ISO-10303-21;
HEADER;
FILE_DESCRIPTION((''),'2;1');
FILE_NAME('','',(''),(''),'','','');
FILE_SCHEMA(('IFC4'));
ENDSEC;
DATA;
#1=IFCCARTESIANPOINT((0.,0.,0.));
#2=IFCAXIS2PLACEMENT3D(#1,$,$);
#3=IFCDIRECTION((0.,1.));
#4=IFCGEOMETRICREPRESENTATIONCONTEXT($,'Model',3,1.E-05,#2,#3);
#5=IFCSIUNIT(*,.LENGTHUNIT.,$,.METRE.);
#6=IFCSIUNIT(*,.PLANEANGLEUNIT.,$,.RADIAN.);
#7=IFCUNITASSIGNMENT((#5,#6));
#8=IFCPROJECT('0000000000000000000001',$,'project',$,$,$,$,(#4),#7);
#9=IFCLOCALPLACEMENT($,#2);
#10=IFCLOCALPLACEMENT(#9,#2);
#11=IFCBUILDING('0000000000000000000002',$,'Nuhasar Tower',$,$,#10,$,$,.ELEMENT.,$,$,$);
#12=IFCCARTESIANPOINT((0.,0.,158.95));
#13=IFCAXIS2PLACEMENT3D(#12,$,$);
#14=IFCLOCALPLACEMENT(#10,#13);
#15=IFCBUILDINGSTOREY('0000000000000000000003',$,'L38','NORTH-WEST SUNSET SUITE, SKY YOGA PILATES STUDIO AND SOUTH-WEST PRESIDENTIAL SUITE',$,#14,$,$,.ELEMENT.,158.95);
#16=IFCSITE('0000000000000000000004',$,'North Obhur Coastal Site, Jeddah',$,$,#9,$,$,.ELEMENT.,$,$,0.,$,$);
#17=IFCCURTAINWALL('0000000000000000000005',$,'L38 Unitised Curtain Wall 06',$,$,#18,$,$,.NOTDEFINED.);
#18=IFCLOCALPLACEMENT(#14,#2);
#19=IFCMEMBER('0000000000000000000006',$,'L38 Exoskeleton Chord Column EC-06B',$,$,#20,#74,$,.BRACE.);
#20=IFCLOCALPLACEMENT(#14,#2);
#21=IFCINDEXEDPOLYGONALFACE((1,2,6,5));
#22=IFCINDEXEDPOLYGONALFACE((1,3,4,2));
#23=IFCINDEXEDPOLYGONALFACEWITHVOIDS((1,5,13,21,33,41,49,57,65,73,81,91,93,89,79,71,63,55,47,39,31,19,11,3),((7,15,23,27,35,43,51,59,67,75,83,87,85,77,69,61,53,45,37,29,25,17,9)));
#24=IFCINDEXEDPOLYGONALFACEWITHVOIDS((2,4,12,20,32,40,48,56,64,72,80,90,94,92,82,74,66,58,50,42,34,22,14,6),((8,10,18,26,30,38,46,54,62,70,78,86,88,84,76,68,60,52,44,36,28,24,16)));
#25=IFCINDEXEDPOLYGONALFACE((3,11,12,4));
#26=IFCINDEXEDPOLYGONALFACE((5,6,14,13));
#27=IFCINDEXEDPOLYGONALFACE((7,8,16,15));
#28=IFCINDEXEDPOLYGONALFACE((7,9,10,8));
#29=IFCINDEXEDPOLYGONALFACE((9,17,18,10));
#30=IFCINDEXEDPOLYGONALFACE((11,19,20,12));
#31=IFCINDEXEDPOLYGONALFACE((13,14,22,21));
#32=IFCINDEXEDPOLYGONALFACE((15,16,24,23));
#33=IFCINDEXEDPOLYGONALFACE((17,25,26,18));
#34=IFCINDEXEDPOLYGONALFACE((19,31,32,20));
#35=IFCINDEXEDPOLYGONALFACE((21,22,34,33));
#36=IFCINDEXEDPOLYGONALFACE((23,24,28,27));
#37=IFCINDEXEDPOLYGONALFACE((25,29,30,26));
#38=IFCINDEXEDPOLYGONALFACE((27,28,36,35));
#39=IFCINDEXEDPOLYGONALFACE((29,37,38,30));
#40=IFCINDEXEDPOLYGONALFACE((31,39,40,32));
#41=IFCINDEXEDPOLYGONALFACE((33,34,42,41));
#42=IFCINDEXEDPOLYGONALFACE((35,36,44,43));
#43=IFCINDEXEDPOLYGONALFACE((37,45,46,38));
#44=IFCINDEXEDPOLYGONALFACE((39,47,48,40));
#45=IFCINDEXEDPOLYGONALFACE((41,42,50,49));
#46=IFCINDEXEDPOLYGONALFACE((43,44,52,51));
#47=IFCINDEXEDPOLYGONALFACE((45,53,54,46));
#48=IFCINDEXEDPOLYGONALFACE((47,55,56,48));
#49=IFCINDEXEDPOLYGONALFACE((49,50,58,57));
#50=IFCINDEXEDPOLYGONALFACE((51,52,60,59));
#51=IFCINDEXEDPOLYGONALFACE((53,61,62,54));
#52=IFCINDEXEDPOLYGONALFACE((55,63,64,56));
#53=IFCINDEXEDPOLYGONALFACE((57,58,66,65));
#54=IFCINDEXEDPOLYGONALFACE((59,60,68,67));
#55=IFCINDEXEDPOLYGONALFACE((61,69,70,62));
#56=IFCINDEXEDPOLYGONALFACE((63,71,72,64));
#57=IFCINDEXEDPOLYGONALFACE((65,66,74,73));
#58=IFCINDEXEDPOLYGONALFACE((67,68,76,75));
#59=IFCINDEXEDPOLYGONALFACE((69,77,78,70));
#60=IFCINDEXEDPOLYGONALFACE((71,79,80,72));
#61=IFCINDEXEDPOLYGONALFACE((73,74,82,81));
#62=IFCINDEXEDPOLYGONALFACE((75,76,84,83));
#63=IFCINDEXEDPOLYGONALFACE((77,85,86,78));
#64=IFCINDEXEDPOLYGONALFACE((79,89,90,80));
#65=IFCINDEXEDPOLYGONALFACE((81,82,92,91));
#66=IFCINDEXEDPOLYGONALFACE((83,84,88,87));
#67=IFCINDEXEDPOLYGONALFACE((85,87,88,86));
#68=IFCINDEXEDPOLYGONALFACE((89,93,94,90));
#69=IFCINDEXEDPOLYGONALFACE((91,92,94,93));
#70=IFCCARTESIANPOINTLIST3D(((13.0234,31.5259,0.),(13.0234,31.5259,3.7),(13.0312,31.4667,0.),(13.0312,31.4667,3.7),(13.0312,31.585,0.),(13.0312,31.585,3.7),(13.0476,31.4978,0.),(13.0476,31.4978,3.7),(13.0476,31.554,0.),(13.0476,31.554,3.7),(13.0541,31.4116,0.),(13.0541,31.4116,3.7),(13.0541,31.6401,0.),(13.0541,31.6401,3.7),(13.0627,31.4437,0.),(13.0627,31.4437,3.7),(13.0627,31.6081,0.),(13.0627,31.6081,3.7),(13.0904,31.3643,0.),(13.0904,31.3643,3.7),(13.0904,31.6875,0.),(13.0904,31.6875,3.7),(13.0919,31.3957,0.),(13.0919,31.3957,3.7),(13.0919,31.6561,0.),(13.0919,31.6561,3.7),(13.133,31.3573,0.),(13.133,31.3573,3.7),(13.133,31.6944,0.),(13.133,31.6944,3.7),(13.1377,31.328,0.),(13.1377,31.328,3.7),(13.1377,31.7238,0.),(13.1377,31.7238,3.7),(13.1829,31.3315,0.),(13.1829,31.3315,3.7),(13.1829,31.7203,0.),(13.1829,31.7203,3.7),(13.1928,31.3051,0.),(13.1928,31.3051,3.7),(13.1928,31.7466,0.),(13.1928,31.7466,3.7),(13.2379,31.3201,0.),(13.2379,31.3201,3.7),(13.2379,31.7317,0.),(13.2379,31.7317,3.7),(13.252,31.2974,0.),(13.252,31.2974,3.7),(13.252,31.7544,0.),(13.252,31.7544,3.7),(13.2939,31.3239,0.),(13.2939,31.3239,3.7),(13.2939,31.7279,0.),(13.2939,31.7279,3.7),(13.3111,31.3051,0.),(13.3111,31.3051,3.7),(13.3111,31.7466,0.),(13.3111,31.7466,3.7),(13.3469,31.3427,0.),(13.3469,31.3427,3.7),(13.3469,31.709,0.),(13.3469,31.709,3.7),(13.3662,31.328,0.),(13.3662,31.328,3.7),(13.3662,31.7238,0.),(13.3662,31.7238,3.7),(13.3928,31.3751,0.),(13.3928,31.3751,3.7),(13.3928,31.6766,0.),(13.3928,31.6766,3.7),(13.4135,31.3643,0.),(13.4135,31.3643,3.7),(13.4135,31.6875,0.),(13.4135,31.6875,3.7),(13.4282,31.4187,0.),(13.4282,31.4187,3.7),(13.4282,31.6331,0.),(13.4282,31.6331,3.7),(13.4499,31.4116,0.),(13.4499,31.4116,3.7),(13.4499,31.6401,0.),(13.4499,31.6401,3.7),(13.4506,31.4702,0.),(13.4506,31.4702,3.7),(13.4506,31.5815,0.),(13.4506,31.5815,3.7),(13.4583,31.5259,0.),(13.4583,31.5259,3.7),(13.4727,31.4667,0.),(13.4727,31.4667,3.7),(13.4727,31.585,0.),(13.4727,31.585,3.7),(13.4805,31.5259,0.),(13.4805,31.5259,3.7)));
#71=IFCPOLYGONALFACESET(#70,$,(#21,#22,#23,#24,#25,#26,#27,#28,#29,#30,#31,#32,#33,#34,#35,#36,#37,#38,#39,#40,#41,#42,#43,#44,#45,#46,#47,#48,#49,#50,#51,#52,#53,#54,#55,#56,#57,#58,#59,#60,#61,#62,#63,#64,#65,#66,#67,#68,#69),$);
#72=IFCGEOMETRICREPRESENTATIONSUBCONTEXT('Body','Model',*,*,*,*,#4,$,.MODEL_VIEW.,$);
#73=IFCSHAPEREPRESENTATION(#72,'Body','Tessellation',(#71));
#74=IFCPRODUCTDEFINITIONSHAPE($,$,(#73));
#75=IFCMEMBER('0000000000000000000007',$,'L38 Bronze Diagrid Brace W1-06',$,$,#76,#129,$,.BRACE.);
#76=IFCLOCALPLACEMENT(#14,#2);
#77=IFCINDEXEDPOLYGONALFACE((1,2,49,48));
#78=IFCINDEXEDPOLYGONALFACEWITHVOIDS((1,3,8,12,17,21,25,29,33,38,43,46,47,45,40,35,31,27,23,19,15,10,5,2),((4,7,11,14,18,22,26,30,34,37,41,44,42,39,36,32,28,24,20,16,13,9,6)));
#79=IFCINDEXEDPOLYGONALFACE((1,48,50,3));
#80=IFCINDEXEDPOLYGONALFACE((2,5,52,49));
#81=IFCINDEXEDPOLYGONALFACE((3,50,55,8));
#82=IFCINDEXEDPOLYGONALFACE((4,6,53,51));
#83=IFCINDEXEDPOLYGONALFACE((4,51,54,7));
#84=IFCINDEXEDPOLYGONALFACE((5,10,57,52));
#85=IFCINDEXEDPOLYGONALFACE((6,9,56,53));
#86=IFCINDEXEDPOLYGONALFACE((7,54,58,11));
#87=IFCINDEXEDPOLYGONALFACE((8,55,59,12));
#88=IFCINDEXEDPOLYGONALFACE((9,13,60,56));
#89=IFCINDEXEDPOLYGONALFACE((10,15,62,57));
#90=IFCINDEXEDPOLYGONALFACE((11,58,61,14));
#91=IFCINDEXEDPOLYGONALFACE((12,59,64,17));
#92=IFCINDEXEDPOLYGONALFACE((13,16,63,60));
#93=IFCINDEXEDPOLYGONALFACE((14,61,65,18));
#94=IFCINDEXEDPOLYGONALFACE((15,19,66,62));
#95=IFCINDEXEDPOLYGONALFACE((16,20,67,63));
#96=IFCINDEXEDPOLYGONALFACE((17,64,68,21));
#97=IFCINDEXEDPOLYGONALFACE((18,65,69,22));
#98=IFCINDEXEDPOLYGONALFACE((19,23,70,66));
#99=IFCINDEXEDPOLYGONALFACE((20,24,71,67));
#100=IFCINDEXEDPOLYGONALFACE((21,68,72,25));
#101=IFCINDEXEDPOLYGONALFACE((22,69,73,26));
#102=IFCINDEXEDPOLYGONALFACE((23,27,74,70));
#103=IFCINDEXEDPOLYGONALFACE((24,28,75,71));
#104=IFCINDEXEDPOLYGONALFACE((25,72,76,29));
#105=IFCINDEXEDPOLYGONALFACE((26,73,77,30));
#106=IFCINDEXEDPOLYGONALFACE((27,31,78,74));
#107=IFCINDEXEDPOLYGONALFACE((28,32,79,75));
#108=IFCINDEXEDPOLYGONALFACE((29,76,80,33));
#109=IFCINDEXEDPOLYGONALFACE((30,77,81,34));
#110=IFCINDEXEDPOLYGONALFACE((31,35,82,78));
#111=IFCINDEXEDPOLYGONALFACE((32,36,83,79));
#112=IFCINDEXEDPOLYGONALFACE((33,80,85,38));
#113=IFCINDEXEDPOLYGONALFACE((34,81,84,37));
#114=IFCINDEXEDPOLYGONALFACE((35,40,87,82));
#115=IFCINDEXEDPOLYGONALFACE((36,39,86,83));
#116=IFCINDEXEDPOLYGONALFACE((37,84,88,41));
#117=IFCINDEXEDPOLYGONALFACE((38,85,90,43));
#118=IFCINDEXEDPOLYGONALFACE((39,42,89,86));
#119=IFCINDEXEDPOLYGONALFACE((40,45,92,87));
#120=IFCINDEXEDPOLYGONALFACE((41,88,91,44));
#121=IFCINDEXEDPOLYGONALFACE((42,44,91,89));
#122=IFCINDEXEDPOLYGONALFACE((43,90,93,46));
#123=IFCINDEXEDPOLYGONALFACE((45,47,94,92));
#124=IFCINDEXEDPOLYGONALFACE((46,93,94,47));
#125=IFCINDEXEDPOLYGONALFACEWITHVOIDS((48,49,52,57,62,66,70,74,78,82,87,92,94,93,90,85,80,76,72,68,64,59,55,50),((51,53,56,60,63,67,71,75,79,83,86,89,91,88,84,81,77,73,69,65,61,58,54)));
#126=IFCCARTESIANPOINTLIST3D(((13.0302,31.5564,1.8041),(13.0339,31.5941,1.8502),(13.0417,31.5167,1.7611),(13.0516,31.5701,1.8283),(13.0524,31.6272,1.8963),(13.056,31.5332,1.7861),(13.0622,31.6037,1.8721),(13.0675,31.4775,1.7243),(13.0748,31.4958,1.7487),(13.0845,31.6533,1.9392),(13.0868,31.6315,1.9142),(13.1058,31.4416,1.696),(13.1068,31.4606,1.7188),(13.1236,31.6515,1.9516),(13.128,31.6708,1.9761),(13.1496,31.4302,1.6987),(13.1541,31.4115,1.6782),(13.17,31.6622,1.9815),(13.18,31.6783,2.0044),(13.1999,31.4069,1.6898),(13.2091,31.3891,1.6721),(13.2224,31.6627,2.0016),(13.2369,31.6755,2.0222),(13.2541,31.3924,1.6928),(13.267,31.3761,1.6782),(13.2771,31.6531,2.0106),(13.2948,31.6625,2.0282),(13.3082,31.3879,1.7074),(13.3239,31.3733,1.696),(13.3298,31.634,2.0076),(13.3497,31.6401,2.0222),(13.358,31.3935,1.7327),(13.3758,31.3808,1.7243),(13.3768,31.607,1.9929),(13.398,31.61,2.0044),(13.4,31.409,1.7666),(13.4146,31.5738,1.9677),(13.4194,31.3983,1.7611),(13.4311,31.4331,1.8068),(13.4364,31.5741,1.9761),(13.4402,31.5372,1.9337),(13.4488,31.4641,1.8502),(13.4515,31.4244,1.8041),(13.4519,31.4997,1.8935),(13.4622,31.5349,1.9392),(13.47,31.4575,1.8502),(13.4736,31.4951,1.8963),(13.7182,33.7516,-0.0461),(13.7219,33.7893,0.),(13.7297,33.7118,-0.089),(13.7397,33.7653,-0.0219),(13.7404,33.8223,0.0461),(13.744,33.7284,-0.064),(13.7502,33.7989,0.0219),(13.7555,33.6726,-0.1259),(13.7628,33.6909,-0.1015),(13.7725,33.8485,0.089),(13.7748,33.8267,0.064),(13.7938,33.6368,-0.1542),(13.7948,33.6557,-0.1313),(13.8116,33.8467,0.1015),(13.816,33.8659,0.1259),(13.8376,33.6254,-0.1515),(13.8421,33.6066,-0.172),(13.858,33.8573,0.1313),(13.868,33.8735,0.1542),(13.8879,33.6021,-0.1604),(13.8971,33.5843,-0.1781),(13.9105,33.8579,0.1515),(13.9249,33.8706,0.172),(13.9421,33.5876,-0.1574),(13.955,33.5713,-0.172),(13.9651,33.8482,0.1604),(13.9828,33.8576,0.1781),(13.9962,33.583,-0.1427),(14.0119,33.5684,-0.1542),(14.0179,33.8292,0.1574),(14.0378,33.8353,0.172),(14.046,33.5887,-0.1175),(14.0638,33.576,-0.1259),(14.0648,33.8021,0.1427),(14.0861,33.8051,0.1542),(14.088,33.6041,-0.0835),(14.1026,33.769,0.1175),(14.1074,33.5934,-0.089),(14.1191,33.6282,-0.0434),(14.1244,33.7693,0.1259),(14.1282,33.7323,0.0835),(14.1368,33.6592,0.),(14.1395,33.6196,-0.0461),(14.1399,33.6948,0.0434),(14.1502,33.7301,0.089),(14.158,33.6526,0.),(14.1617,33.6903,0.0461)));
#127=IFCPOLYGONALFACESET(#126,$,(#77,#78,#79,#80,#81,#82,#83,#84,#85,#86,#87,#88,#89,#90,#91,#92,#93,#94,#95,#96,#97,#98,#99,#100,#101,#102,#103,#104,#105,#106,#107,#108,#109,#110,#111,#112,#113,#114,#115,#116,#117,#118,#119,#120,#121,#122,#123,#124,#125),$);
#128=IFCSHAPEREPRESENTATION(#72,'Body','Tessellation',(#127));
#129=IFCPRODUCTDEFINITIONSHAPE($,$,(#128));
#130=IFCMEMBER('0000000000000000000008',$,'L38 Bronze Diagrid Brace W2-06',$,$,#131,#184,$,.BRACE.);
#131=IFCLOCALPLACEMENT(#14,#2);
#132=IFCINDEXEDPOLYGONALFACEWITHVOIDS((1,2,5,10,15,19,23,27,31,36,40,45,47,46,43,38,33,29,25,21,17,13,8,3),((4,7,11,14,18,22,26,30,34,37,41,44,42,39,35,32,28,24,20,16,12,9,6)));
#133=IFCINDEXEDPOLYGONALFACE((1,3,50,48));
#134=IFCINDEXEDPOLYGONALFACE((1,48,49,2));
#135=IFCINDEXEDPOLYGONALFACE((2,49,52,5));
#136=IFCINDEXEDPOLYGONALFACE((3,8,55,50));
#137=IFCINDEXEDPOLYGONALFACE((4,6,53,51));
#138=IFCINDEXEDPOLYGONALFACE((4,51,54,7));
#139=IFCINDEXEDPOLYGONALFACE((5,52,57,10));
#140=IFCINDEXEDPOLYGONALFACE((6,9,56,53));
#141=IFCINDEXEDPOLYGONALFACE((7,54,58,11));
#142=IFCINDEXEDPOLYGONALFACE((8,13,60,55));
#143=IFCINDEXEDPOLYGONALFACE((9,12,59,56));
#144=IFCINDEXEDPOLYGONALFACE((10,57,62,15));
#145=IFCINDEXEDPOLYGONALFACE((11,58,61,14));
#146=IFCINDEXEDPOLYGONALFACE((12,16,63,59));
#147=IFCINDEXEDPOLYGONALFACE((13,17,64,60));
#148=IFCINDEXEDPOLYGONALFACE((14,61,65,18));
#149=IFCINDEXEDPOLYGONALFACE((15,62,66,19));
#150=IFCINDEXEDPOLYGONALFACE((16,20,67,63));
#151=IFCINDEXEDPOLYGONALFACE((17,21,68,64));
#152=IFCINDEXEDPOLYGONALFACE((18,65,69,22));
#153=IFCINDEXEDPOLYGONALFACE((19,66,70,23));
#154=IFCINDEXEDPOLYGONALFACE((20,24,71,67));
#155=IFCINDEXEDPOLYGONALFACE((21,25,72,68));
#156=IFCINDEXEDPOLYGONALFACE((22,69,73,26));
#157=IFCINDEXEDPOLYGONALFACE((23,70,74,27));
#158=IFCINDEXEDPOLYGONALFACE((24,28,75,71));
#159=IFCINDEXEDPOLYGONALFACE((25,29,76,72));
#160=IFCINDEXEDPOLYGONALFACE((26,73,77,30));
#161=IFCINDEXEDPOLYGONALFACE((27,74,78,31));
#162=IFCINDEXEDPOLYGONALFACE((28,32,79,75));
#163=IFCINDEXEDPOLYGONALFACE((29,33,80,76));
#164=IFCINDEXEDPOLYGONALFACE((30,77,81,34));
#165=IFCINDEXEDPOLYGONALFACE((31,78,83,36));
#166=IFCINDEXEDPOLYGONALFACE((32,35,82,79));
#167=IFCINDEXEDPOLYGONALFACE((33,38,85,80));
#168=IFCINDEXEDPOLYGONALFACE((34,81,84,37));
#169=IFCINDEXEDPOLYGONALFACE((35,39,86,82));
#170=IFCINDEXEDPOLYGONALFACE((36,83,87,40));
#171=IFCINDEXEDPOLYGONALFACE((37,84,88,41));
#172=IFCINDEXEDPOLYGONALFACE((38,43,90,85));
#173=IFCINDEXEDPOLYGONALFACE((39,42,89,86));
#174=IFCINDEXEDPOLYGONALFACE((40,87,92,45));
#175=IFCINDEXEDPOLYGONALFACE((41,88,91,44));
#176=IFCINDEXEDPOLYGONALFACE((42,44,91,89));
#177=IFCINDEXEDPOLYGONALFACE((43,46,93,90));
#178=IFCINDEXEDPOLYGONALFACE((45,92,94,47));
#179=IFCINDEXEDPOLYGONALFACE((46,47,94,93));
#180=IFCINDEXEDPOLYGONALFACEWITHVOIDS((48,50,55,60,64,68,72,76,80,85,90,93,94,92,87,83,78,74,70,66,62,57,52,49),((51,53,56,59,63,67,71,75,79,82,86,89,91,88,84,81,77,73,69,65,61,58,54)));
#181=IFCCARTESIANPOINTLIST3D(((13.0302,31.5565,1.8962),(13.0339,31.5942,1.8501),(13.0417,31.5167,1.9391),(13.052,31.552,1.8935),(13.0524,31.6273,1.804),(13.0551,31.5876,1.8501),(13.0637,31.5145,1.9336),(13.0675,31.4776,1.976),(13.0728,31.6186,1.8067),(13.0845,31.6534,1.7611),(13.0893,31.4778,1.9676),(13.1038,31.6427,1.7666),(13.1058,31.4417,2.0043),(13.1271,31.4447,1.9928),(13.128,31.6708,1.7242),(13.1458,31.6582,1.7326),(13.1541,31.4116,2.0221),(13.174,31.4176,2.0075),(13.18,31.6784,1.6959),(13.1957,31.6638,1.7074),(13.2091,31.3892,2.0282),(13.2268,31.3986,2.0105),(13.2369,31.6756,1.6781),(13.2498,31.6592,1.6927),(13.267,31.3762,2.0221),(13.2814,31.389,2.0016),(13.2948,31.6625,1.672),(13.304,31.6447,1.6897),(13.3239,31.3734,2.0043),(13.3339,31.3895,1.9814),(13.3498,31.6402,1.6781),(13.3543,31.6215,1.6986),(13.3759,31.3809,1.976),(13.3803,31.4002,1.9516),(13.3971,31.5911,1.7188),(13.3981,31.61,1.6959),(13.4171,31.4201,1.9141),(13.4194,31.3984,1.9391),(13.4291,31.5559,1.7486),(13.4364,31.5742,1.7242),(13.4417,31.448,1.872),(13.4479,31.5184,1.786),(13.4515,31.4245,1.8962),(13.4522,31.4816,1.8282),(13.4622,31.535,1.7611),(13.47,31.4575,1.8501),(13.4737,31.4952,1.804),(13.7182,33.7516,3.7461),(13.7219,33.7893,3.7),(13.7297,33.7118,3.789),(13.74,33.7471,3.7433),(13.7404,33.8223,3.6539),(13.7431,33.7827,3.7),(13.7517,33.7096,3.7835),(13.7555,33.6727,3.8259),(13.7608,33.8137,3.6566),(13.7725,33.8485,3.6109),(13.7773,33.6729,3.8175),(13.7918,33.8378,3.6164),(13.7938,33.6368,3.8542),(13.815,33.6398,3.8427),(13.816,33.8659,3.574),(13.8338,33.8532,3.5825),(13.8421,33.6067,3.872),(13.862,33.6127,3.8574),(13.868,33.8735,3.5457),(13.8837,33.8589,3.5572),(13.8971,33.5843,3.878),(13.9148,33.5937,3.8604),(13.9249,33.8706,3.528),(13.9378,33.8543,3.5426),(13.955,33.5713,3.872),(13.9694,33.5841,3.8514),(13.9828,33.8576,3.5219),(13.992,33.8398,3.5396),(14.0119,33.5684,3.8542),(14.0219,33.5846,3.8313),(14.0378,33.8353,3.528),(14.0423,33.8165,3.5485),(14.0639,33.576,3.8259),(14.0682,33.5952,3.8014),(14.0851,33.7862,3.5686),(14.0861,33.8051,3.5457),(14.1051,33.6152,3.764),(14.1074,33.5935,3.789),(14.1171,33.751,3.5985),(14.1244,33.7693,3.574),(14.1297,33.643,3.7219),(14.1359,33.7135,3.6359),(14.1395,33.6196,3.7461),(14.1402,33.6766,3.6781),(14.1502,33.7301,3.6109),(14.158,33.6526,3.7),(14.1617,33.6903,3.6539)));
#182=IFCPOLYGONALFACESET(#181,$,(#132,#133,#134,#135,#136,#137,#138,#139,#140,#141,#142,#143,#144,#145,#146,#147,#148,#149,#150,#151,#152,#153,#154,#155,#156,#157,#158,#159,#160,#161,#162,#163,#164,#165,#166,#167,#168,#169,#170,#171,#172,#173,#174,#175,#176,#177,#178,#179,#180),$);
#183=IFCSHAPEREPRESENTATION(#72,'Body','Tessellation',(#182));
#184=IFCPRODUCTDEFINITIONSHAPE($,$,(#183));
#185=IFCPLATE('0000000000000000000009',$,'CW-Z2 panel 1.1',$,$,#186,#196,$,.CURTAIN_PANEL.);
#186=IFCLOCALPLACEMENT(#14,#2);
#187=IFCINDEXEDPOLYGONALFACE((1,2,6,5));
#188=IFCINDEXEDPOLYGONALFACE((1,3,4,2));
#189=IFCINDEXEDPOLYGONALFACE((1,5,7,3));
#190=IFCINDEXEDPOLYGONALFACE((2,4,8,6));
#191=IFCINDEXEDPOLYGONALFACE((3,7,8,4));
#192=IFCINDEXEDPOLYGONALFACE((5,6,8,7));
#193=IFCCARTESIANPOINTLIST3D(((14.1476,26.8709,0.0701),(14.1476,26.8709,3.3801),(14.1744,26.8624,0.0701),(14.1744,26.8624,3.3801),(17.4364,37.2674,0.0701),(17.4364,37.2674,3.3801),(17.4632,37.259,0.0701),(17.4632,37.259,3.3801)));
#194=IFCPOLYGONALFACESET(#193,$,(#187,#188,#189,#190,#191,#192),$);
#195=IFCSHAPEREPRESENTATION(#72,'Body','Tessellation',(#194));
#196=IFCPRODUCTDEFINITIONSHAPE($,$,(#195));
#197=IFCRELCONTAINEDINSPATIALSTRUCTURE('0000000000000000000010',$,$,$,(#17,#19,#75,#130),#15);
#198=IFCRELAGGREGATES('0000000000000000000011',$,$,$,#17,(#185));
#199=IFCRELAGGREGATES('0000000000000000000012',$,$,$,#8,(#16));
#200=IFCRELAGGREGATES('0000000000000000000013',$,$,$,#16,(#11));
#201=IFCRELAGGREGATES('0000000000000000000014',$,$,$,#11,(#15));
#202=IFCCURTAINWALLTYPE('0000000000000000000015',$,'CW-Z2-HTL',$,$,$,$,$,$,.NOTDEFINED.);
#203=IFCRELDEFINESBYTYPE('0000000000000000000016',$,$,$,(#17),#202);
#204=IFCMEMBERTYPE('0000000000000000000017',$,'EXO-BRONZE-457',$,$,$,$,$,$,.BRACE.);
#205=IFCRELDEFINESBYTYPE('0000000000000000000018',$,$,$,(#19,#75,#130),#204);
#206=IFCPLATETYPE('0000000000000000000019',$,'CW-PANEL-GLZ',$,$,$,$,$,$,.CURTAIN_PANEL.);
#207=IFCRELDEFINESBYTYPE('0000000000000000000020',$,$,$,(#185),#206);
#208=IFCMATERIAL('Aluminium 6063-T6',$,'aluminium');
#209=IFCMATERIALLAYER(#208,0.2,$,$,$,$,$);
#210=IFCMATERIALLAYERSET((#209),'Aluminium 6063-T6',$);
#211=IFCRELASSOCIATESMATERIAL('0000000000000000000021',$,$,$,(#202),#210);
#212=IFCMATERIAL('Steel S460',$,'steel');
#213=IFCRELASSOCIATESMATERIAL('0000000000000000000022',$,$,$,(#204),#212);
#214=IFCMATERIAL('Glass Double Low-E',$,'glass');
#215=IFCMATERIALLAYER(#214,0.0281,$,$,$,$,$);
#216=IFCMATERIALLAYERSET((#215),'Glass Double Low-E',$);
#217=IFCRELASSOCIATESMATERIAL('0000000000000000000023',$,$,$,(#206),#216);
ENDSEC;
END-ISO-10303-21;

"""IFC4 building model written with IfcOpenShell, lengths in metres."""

from ifc_helpers import new_model, si_unit, direction, frame, origin, origin_2d, place, context, subcontext, project, spatial, rectangle, hollow_circle, extrude, material, layer, layer_set, material_profile, profile_set, type_object, element, aggregate, save


model = new_model("IFC4")

# Units and contexts
model_context = context("Model", 3, precision=1e-05, world=origin(), true_north=direction((0.0, 1.0)))
body_context = subcontext(model_context, "Body", "Model", "MODEL_VIEW")
ifc_project = project(units=[si_unit("LENGTHUNIT", "METRE"), si_unit("PLANEANGLEUNIT", "RADIAN")], contexts=[model_context])

# Site, building, storey
site_placement = place(None, origin())
site = spatial("IfcSite", under=ifc_project, at=site_placement, Name="North Obhur Coastal Site, Jeddah", CompositionType="ELEMENT", RefElevation=0.0)
building_placement = place(site_placement, origin())
building = spatial("IfcBuilding", under=site, at=building_placement, Name="Nuhasar Tower", CompositionType="ELEMENT")
storey_placement = place(building_placement, frame((0.0, 0.0, 158.95)))
storey = spatial("IfcBuildingStorey", under=building, at=storey_placement, Name="L38", Description="NORTH-WEST SUNSET SUITE, SKY YOGA PILATES STUDIO AND SOUTH-WEST PRESIDENTIAL SUITE", CompositionType="ELEMENT", Elevation=158.95)

# Curtain wall
ifc_material_1 = material(Name="Aluminium 6063-T6", Category="aluminium")
ifc_layer_1 = layer(ifc_material_1, 0.2)
ifc_layer_set_1 = layer_set([ifc_layer_1], Name="Aluminium 6063-T6")
curtain_wall_type = type_object("IfcCurtainWallType", Name="CW-Z2-HTL", PredefinedType="NOTDEFINED", material=ifc_layer_set_1)
curtain_wall_placement = place(storey_placement, origin())
curtain_wall = element("IfcCurtainWall", 1, at=curtain_wall_placement, inside=storey, type_object=curtain_wall_type, Name="L38 Unitised Curtain Wall 06", PredefinedType="NOTDEFINED")

# Members
ifc_material_2 = material(Name="Steel S460", Category="steel")
ifc_material_profile_1 = material_profile(ifc_material_2, hollow_circle(Radius=0.2285, WallThickness=0.0222, at=origin_2d()), Name="HSS457X22.2")
ifc_profile_set_1 = profile_set([ifc_material_profile_1], Name="Steel S460")
member_type_1 = type_object("IfcMemberType", Name="EXO-BRONZE-457", PredefinedType="BRACE", material=ifc_profile_set_1)
for number, where, z_axis, x_axis, name in (
    (2, (13.252, 31.5259, 0.0), (0.0, 0.0, 1.0), (1.0, 0.0, 0.0), "L38 Exoskeleton Chord Column EC-06B"),
):
    element("IfcMember", number, at=place(storey_placement, frame(where, z_axis=z_axis, x_axis=x_axis)), inside=storey, type_object=member_type_1, Name=name, PredefinedType="BRACE", context=body_context, shape_type="SweptSolid", body=[
        extrude(hollow_circle(Radius=0.2285, WallThickness=0.0222, at=origin_2d()), origin(), (0.0, 0.0, 1.0), 3.7),
    ])
member_1_placement = place(storey_placement, frame((13.9399, 33.7209, 0.0), z_axis=(-0.233056, -0.743578, 0.626719), x_axis=(0.954228, -0.299079, 0.0)))
element("IfcMember", 3, at=member_1_placement, inside=storey, type_object=member_type_1, Name="L38 Bronze Diagrid Brace W1-06", PredefinedType="BRACE", context=body_context, shape_type="SweptSolid", body=[
    extrude(hollow_circle(Radius=0.2285, WallThickness=0.0222, at=origin_2d()), origin(), (0.0, 0.0, 1.0), 2.9521),
])
member_2_placement = place(storey_placement, frame((13.252, 31.5259, 1.8501), z_axis=(0.233068, 0.743616, 0.626669), x_axis=(-0.954228, 0.299079, 0.0)))
element("IfcMember", 4, at=member_2_placement, inside=storey, type_object=member_type_1, Name="L38 Bronze Diagrid Brace W2-06", PredefinedType="BRACE", context=body_context, shape_type="SweptSolid", body=[
    extrude(hollow_circle(Radius=0.2285, WallThickness=0.0222, at=origin_2d()), origin(), (0.0, 0.0, 1.0), 2.9519),
])

# Plate
ifc_material_3 = material(Name="Glass Double Low-E", Category="glass")
ifc_layer_2 = layer(ifc_material_3, 0.0281)
ifc_layer_set_2 = layer_set([ifc_layer_2], Name="Glass Double Low-E")
plate_type = type_object("IfcPlateType", Name="CW-PANEL-GLZ", PredefinedType="CURTAIN_PANEL", material=ifc_layer_set_2)
plate_placement = place(storey_placement, frame((15.8054, 32.0649, 0.0701), z_axis=(0.0, 0.0, 1.0), x_axis=(-0.301604, -0.953433, 0.0)))
plate = element("IfcPlate", 5, at=plate_placement, type_object=plate_type, Name="CW-Z2 panel 1.1", PredefinedType="CURTAIN_PANEL", context=body_context, shape_type="SweptSolid", body=[
    extrude(rectangle(XDim=10.9043, YDim=0.0281, at=origin_2d()), origin(), (0.0, 0.0, 1.0), 3.3101),
])
aggregate(curtain_wall, [plate])

save(model, "model.ifc")
